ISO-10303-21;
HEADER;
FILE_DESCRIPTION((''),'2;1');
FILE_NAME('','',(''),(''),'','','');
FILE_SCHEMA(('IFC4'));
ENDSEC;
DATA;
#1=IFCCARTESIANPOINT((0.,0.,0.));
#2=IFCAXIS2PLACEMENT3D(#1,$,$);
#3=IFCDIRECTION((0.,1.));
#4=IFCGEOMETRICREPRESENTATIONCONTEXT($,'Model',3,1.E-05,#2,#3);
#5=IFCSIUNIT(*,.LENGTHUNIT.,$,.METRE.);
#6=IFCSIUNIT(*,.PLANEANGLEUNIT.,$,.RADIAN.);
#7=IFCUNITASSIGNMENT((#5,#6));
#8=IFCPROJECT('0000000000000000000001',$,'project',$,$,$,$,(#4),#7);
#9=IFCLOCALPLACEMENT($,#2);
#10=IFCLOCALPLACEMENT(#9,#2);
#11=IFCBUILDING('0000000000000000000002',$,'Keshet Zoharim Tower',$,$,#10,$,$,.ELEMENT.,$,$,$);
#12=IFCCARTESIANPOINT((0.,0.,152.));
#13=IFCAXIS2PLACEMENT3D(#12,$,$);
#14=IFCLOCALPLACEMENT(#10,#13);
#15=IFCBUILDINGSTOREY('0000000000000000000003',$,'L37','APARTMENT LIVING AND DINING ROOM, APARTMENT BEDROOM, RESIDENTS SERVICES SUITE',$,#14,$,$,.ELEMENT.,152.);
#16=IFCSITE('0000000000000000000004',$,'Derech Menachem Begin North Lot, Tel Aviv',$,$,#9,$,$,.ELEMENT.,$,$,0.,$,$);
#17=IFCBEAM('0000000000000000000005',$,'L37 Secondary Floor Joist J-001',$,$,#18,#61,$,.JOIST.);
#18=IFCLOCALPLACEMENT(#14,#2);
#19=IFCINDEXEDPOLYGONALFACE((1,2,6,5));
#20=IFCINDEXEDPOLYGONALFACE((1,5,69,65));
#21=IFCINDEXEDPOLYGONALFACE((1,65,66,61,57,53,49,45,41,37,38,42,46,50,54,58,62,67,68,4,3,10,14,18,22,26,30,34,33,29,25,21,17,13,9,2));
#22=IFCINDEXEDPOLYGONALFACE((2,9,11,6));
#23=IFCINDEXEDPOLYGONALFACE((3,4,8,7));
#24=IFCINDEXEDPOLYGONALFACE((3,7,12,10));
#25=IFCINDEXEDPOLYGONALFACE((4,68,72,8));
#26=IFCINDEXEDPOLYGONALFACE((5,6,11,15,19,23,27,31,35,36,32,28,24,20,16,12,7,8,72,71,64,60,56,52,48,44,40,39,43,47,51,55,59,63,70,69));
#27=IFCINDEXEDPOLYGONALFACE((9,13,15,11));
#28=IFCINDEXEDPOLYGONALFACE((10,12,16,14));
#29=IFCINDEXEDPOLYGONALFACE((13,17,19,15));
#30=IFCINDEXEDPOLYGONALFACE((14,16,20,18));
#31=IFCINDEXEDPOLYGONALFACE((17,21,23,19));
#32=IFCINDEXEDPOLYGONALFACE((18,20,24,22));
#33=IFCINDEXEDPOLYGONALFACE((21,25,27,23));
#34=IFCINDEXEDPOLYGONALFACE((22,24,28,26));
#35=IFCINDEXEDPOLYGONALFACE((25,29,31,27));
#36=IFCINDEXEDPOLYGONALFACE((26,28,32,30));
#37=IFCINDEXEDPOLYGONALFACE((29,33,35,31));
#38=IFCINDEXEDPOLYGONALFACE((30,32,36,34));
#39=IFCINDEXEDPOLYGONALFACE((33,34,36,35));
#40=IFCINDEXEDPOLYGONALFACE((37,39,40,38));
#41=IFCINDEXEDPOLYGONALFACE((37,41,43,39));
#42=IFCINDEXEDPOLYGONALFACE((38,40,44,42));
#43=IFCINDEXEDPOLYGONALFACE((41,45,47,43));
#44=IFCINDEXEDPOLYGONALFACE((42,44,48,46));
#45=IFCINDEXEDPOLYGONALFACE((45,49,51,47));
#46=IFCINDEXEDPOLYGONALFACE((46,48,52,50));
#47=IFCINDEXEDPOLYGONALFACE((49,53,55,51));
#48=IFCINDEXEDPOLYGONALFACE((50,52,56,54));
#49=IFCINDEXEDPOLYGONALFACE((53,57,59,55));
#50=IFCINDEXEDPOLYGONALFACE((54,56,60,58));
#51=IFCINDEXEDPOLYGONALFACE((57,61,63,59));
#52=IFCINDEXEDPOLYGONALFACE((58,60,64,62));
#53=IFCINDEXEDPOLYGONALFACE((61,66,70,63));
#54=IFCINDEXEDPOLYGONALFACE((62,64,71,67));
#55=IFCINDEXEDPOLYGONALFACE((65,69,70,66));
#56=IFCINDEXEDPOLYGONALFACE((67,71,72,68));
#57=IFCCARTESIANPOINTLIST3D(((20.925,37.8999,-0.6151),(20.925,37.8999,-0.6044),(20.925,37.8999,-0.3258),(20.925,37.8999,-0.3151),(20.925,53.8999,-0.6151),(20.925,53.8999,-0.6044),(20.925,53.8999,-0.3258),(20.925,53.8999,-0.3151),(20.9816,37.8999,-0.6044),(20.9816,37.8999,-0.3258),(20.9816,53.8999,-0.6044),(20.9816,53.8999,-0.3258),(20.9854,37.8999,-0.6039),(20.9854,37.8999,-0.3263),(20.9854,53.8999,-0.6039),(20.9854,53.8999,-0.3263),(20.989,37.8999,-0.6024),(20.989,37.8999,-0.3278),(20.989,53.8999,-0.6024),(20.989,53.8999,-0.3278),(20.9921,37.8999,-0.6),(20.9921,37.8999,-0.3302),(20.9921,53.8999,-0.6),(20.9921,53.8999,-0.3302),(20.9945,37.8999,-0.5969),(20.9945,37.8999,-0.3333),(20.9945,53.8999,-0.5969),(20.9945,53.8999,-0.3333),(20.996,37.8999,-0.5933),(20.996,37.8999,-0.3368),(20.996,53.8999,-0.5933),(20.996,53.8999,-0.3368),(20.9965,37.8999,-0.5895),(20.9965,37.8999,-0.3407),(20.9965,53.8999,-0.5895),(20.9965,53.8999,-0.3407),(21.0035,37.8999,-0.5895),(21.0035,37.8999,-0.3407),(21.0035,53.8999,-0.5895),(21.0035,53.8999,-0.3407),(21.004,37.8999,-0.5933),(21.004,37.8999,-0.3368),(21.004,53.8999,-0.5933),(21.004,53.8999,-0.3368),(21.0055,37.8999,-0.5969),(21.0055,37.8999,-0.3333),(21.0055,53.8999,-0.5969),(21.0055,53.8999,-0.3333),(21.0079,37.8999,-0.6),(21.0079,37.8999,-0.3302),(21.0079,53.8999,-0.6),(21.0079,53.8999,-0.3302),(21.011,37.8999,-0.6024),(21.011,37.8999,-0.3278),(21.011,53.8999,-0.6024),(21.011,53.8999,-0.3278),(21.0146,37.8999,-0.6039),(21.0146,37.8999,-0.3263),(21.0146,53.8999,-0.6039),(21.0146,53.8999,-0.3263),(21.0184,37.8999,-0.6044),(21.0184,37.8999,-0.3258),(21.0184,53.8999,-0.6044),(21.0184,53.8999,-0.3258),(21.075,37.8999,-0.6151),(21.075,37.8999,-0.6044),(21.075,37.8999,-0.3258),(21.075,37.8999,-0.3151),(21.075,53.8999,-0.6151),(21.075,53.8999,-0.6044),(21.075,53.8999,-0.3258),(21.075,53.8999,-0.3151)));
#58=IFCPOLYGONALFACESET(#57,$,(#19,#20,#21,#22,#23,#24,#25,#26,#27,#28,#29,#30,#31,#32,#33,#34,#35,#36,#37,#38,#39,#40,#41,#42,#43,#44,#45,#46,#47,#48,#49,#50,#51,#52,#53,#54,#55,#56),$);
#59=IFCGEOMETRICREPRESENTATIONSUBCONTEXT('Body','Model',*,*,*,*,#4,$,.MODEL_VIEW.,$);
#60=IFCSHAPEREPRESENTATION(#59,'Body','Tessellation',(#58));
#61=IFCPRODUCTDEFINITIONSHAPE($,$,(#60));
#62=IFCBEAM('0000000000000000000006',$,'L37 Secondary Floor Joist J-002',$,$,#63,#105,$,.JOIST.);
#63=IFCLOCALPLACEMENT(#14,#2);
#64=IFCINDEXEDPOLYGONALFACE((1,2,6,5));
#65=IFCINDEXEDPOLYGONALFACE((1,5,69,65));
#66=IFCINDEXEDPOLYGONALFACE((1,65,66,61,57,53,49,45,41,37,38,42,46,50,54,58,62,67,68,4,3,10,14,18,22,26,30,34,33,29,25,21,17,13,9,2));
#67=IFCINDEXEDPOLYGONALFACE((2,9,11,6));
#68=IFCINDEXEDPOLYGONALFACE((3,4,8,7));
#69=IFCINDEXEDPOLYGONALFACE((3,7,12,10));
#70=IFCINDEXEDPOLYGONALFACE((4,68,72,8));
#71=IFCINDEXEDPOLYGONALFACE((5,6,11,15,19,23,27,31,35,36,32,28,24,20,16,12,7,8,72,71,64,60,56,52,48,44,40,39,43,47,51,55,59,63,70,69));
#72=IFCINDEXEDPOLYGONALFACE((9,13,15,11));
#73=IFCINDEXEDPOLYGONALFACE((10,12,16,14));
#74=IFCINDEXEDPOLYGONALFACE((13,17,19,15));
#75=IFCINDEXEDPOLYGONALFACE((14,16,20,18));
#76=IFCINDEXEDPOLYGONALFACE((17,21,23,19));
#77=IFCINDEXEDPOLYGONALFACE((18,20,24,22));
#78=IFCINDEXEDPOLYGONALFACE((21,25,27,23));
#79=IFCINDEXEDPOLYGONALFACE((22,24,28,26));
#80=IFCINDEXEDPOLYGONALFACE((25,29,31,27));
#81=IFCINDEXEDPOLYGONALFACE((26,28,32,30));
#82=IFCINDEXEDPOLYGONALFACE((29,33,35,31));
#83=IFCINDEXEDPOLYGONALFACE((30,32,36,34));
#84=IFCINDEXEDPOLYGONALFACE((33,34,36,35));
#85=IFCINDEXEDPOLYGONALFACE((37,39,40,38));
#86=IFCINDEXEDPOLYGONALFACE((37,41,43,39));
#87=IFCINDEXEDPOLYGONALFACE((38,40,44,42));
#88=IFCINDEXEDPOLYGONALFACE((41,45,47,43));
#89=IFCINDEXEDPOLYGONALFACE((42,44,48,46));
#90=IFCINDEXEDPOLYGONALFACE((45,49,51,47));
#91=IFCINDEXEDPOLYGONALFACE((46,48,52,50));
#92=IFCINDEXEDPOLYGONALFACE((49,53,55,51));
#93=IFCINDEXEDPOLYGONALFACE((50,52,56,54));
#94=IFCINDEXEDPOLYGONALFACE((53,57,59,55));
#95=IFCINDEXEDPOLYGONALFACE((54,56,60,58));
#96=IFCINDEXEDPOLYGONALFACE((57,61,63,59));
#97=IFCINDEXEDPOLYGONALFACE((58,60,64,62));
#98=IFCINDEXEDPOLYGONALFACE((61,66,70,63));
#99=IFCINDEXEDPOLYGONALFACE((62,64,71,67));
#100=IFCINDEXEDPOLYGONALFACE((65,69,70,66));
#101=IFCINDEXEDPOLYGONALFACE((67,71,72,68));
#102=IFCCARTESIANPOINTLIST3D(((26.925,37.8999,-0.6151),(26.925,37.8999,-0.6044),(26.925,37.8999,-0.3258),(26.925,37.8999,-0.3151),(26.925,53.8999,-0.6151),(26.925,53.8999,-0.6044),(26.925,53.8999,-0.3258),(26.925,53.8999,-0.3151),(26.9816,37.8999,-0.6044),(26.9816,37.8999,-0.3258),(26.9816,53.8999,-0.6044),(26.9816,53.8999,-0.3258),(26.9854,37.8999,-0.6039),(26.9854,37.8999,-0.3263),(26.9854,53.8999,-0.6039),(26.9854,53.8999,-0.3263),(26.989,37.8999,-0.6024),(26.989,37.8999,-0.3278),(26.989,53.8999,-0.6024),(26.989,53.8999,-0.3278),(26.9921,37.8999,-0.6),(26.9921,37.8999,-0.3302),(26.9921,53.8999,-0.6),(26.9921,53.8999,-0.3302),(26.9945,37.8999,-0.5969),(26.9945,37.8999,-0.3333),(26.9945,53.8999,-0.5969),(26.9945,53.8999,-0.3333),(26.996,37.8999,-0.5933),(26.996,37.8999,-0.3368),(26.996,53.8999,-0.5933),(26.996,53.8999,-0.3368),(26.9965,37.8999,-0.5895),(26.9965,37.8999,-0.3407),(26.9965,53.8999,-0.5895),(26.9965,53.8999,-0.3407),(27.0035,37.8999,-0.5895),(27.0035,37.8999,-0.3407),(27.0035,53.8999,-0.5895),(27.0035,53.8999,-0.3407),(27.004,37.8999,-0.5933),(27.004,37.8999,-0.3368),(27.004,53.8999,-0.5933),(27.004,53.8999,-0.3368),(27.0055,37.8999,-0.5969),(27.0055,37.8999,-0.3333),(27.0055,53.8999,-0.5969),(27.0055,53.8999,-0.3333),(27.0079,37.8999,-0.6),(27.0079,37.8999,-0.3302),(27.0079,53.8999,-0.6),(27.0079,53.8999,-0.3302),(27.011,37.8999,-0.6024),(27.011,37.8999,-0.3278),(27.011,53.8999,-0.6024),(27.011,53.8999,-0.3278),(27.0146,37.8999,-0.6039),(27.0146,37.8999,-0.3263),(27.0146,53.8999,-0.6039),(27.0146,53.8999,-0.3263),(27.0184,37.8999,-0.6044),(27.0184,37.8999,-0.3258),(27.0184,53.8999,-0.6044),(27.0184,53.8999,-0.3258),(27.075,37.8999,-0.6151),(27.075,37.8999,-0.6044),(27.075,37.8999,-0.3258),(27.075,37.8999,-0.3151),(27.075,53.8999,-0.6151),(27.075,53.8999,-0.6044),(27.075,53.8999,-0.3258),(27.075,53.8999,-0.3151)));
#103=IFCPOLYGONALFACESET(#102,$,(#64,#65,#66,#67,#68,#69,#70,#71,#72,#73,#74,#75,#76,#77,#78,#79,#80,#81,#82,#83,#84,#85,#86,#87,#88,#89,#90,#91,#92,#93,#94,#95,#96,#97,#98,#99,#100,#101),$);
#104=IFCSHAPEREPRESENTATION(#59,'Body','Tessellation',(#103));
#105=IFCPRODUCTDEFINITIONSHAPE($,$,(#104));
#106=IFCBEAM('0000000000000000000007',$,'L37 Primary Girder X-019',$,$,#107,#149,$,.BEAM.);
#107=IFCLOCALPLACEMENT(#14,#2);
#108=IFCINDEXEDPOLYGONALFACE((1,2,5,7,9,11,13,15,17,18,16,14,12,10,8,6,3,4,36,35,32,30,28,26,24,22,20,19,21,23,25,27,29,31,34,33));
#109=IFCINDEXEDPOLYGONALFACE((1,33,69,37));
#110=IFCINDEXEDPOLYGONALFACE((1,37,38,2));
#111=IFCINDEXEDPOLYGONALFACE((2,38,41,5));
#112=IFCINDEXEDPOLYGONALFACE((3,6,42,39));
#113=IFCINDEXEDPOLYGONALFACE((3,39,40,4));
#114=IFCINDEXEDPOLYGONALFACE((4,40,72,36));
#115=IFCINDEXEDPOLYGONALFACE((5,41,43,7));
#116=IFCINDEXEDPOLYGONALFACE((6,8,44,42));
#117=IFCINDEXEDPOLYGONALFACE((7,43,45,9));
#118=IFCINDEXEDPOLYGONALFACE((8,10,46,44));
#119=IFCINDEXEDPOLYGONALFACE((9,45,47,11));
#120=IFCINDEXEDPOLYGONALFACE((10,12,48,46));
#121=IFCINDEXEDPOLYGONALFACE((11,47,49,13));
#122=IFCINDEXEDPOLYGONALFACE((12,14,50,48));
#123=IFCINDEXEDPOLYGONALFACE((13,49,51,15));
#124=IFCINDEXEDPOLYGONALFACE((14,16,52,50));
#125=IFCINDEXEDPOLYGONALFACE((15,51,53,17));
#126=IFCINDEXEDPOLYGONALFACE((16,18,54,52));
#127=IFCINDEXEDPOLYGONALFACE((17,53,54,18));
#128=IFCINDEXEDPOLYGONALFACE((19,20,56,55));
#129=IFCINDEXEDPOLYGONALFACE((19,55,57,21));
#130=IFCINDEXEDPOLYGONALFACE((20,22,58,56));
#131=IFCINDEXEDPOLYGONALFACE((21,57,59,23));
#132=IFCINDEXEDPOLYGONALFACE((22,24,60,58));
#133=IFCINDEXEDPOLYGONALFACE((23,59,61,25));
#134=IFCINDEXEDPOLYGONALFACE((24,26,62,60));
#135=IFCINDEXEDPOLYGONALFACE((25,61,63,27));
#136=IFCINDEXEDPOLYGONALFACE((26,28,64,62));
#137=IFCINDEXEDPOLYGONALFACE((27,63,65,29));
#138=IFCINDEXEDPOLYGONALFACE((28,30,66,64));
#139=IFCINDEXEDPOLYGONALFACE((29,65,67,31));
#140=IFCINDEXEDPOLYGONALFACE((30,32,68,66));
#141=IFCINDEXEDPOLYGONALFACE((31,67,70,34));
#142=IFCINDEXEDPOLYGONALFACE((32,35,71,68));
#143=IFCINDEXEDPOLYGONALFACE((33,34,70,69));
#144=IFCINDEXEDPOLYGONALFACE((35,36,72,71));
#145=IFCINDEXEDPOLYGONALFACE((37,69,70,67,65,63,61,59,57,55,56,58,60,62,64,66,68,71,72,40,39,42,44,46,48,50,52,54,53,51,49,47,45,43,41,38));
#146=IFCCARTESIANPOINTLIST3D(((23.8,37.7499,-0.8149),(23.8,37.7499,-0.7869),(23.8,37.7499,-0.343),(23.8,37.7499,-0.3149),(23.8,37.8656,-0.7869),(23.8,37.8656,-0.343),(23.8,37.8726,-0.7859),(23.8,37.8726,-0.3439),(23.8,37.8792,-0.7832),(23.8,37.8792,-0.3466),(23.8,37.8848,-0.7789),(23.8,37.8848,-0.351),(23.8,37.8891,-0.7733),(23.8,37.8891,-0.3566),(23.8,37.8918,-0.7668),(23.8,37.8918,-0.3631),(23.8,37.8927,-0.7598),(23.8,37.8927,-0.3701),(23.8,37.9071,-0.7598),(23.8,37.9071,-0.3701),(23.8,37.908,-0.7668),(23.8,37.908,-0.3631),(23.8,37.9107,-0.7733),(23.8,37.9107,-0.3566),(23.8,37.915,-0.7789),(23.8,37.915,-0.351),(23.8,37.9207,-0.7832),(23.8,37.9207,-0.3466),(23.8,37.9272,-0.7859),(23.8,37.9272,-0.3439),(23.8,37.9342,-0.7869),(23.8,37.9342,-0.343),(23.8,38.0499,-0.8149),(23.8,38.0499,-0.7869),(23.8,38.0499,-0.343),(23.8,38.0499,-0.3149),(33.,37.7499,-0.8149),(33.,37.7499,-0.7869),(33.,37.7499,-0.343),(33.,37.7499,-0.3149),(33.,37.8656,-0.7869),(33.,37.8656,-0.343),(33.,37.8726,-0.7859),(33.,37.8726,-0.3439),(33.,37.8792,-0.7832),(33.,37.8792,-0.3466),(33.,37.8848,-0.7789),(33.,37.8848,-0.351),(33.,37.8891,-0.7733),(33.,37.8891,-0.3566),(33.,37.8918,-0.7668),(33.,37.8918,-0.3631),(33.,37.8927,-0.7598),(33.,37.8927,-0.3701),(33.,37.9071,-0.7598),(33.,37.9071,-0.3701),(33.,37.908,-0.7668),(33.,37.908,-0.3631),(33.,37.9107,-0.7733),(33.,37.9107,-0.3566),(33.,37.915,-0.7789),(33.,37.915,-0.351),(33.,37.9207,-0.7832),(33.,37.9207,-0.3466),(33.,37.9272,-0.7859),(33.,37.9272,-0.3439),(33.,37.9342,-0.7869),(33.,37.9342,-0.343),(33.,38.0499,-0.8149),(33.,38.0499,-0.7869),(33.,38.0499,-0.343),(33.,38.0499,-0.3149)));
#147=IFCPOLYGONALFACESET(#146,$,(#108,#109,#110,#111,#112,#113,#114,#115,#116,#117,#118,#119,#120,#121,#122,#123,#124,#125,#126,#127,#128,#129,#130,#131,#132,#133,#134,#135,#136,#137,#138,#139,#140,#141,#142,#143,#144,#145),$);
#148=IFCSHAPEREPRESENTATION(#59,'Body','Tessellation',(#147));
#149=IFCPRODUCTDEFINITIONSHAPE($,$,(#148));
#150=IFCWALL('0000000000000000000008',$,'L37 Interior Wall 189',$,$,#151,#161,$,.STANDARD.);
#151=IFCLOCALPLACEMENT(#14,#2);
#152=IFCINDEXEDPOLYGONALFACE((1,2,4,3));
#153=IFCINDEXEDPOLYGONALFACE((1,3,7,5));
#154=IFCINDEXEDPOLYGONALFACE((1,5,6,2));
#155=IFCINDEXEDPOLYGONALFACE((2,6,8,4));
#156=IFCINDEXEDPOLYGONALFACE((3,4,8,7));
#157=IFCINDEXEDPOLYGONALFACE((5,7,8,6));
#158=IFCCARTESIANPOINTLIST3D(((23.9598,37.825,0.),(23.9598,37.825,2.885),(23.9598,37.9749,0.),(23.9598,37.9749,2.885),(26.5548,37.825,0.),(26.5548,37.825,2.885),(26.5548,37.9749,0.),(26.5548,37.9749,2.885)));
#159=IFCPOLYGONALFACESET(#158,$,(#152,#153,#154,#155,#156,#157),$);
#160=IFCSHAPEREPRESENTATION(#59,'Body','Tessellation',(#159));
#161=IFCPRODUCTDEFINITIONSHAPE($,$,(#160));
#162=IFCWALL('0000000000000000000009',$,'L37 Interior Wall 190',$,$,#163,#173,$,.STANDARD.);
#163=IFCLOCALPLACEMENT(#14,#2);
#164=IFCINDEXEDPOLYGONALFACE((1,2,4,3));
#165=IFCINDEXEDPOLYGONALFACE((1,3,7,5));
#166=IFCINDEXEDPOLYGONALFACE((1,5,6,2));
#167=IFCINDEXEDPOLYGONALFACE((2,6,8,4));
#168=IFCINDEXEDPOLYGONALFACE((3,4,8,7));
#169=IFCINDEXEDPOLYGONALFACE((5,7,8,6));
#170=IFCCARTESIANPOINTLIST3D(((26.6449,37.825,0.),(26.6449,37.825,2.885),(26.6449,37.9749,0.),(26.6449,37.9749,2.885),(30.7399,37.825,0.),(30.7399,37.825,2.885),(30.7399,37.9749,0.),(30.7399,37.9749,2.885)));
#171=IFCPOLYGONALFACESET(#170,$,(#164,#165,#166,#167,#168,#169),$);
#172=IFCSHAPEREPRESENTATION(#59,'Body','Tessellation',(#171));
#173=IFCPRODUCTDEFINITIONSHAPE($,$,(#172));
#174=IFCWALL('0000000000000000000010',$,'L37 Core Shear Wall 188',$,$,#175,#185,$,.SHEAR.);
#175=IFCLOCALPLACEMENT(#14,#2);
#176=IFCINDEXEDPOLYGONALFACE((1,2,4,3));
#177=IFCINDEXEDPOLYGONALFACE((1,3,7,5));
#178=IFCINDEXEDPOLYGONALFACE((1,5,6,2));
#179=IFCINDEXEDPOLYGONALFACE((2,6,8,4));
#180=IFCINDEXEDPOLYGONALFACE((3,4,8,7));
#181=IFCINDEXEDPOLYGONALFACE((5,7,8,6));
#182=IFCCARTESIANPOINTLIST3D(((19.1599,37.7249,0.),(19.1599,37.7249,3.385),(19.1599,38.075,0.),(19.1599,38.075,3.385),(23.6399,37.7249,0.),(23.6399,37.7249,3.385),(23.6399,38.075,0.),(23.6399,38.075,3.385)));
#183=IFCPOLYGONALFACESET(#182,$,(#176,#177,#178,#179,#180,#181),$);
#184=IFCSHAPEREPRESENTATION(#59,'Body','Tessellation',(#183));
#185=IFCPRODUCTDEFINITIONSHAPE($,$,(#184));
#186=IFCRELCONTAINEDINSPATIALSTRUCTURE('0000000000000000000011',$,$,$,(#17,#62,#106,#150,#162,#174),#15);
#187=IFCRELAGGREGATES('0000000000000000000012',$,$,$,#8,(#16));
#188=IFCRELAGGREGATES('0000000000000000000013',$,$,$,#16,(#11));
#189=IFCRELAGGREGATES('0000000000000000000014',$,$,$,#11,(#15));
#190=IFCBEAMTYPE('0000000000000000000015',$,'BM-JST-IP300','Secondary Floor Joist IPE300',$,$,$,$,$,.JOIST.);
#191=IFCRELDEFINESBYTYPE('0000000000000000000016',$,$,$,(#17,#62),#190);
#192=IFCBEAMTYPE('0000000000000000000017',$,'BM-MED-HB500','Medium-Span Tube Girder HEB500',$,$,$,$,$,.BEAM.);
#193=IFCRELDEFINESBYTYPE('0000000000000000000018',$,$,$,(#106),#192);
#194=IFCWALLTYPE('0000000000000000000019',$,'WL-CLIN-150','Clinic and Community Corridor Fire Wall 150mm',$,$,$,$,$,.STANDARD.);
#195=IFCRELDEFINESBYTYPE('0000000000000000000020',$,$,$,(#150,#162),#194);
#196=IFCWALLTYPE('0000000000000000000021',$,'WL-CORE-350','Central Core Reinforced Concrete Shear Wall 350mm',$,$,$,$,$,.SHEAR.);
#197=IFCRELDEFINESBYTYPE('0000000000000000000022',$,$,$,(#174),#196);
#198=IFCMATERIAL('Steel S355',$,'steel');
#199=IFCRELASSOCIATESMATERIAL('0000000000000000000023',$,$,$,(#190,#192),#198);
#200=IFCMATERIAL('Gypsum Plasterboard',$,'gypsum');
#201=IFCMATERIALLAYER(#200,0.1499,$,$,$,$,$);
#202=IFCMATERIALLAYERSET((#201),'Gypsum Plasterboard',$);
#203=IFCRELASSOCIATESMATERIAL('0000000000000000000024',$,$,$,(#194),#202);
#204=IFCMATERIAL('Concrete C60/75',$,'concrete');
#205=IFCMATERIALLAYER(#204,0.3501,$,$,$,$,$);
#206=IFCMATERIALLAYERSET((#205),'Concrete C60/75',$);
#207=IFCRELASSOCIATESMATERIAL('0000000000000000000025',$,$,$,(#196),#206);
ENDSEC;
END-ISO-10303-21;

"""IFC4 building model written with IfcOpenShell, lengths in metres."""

from ifc_helpers import new_model, si_unit, direction, frame, frame_2d, origin, origin_2d, place, context, subcontext, project, spatial, rectangle, i_section, extrude, material, layer, layer_set, material_profile, profile_set, type_object, element, save


model = new_model("IFC4")

# Units and contexts
model_context = context("Model", 3, precision=1e-05, world=origin(), true_north=direction((0.0, 1.0)))
body_context = subcontext(model_context, "Body", "Model", "MODEL_VIEW")
ifc_project = project(units=[si_unit("LENGTHUNIT", "METRE"), si_unit("PLANEANGLEUNIT", "RADIAN")], contexts=[model_context])

# Site, building, storey
site_placement = place(None, origin())
site = spatial("IfcSite", under=ifc_project, at=site_placement, Name="Derech Menachem Begin North Lot, Tel Aviv", CompositionType="ELEMENT", RefElevation=0.0)
building_placement = place(site_placement, origin())
building = spatial("IfcBuilding", under=site, at=building_placement, Name="Keshet Zoharim Tower", CompositionType="ELEMENT")
storey_placement = place(building_placement, frame((0.0, 0.0, 152.0)))
storey = spatial("IfcBuildingStorey", under=building, at=storey_placement, Name="L37", Description="APARTMENT LIVING AND DINING ROOM, APARTMENT BEDROOM, RESIDENTS SERVICES SUITE", CompositionType="ELEMENT", Elevation=152.0)

# Beams
ifc_material_1 = material(Name="Steel S355", Category="steel")
ifc_material_profile_1 = material_profile(ifc_material_1, i_section(OverallWidth=0.1499, OverallDepth=0.3, WebThickness=0.0071, FlangeThickness=0.0107, FilletRadius=0.0149, at=origin_2d()), Name="IPE300")
ifc_profile_set_1 = profile_set([ifc_material_profile_1], Name="Steel S355")
beam_type_1 = type_object("IfcBeamType", Name="BM-JST-IP300", Description="Secondary Floor Joist IPE300", PredefinedType="JOIST", material=ifc_profile_set_1)
for number, where, z_axis, x_axis, name in (
    (1, (21.0, 37.8999, -0.4651), (0.0, 1.0, 0.0), (-1.0, 0.0, 0.0), "L37 Secondary Floor Joist J-001"),
    (2, (27.0, 37.8999, -0.4651), (0.0, 1.0, 0.0), (-1.0, 0.0, 0.0), "L37 Secondary Floor Joist J-002"),
):
    element("IfcBeam", number, at=place(storey_placement, frame(where, z_axis=z_axis, x_axis=x_axis)), inside=storey, type_object=beam_type_1, Name=name, PredefinedType="JOIST", context=body_context, shape_type="SweptSolid", body=[
        extrude(i_section(OverallWidth=0.1499, OverallDepth=0.3, WebThickness=0.0071, FlangeThickness=0.0107, FilletRadius=0.0149, at=origin_2d()), origin(), (0.0, 0.0, 1.0), 16.0),
    ])
ifc_material_profile_2 = material_profile(ifc_material_1, i_section(OverallWidth=0.3, OverallDepth=0.5, WebThickness=0.0144, FlangeThickness=0.0281, FilletRadius=0.0271, at=origin_2d()), Name="HEB500")
ifc_profile_set_2 = profile_set([ifc_material_profile_2], Name="Steel S355")
beam_type_2 = type_object("IfcBeamType", Name="BM-MED-HB500", Description="Medium-Span Tube Girder HEB500", PredefinedType="BEAM", material=ifc_profile_set_2)
beam_placement = place(storey_placement, frame((23.8, 37.8999, -0.5649), z_axis=(1.0, 0.0, 0.0), x_axis=(0.0, 1.0, 0.0)))
element("IfcBeam", 3, at=beam_placement, inside=storey, type_object=beam_type_2, Name="L37 Primary Girder X-019", PredefinedType="BEAM", context=body_context, shape_type="SweptSolid", body=[
    extrude(i_section(OverallWidth=0.3, OverallDepth=0.5, WebThickness=0.0144, FlangeThickness=0.0281, FilletRadius=0.0271, at=origin_2d()), origin(), (0.0, 0.0, 1.0), 9.2),
])

# Walls
ifc_material_2 = material(Name="Gypsum Plasterboard", Category="gypsum")
ifc_layer_1 = layer(ifc_material_2, 0.1499)
ifc_layer_set_1 = layer_set([ifc_layer_1], Name="Gypsum Plasterboard")
wall_type_1 = type_object("IfcWallType", Name="WL-CLIN-150", Description="Clinic and Community Corridor Fire Wall 150mm", PredefinedType="STANDARD", material=ifc_layer_set_1)
wall_1_placement = place(storey_placement, frame((23.96, 37.8999, 0.0), z_axis=(0.0, 0.0, 1.0), x_axis=(1.0, 0.0, 0.0)))
element("IfcWall", 4, at=wall_1_placement, inside=storey, type_object=wall_type_1, Name="L37 Interior Wall 189", PredefinedType="STANDARD", context=body_context, shape_type="SweptSolid", body=[
    extrude(rectangle(XDim=2.595, YDim=0.1499, at=frame_2d((1.2974, 0.0))), origin(), (0.0, 0.0, 1.0), 2.885),
])
wall_2_placement = place(storey_placement, frame((26.645, 37.8999, 0.0), z_axis=(0.0, 0.0, 1.0), x_axis=(1.0, 0.0, 0.0)))
element("IfcWall", 5, at=wall_2_placement, inside=storey, type_object=wall_type_1, Name="L37 Interior Wall 190", PredefinedType="STANDARD", context=body_context, shape_type="SweptSolid", body=[
    extrude(rectangle(XDim=4.095, YDim=0.1499, at=frame_2d((2.0474, 0.0))), origin(), (0.0, 0.0, 1.0), 2.885),
])
ifc_material_3 = material(Name="Concrete C60/75", Category="concrete")
ifc_layer_2 = layer(ifc_material_3, 0.3501)
ifc_layer_set_2 = layer_set([ifc_layer_2], Name="Concrete C60/75")
wall_type_2 = type_object("IfcWallType", Name="WL-CORE-350", Description="Central Core Reinforced Concrete Shear Wall 350mm", PredefinedType="SHEAR", material=ifc_layer_set_2)
wall_3_placement = place(storey_placement, frame((19.1599, 37.8999, 0.0), z_axis=(0.0, 0.0, 1.0), x_axis=(1.0, 0.0, 0.0)))
element("IfcWall", 6, at=wall_3_placement, inside=storey, type_object=wall_type_2, Name="L37 Core Shear Wall 188", PredefinedType="SHEAR", context=body_context, shape_type="SweptSolid", body=[
    extrude(rectangle(XDim=4.48, YDim=0.3501, at=frame_2d((2.24, 0.0))), origin(), (0.0, 0.0, 1.0), 3.385),
])

save(model, "model.ifc")
